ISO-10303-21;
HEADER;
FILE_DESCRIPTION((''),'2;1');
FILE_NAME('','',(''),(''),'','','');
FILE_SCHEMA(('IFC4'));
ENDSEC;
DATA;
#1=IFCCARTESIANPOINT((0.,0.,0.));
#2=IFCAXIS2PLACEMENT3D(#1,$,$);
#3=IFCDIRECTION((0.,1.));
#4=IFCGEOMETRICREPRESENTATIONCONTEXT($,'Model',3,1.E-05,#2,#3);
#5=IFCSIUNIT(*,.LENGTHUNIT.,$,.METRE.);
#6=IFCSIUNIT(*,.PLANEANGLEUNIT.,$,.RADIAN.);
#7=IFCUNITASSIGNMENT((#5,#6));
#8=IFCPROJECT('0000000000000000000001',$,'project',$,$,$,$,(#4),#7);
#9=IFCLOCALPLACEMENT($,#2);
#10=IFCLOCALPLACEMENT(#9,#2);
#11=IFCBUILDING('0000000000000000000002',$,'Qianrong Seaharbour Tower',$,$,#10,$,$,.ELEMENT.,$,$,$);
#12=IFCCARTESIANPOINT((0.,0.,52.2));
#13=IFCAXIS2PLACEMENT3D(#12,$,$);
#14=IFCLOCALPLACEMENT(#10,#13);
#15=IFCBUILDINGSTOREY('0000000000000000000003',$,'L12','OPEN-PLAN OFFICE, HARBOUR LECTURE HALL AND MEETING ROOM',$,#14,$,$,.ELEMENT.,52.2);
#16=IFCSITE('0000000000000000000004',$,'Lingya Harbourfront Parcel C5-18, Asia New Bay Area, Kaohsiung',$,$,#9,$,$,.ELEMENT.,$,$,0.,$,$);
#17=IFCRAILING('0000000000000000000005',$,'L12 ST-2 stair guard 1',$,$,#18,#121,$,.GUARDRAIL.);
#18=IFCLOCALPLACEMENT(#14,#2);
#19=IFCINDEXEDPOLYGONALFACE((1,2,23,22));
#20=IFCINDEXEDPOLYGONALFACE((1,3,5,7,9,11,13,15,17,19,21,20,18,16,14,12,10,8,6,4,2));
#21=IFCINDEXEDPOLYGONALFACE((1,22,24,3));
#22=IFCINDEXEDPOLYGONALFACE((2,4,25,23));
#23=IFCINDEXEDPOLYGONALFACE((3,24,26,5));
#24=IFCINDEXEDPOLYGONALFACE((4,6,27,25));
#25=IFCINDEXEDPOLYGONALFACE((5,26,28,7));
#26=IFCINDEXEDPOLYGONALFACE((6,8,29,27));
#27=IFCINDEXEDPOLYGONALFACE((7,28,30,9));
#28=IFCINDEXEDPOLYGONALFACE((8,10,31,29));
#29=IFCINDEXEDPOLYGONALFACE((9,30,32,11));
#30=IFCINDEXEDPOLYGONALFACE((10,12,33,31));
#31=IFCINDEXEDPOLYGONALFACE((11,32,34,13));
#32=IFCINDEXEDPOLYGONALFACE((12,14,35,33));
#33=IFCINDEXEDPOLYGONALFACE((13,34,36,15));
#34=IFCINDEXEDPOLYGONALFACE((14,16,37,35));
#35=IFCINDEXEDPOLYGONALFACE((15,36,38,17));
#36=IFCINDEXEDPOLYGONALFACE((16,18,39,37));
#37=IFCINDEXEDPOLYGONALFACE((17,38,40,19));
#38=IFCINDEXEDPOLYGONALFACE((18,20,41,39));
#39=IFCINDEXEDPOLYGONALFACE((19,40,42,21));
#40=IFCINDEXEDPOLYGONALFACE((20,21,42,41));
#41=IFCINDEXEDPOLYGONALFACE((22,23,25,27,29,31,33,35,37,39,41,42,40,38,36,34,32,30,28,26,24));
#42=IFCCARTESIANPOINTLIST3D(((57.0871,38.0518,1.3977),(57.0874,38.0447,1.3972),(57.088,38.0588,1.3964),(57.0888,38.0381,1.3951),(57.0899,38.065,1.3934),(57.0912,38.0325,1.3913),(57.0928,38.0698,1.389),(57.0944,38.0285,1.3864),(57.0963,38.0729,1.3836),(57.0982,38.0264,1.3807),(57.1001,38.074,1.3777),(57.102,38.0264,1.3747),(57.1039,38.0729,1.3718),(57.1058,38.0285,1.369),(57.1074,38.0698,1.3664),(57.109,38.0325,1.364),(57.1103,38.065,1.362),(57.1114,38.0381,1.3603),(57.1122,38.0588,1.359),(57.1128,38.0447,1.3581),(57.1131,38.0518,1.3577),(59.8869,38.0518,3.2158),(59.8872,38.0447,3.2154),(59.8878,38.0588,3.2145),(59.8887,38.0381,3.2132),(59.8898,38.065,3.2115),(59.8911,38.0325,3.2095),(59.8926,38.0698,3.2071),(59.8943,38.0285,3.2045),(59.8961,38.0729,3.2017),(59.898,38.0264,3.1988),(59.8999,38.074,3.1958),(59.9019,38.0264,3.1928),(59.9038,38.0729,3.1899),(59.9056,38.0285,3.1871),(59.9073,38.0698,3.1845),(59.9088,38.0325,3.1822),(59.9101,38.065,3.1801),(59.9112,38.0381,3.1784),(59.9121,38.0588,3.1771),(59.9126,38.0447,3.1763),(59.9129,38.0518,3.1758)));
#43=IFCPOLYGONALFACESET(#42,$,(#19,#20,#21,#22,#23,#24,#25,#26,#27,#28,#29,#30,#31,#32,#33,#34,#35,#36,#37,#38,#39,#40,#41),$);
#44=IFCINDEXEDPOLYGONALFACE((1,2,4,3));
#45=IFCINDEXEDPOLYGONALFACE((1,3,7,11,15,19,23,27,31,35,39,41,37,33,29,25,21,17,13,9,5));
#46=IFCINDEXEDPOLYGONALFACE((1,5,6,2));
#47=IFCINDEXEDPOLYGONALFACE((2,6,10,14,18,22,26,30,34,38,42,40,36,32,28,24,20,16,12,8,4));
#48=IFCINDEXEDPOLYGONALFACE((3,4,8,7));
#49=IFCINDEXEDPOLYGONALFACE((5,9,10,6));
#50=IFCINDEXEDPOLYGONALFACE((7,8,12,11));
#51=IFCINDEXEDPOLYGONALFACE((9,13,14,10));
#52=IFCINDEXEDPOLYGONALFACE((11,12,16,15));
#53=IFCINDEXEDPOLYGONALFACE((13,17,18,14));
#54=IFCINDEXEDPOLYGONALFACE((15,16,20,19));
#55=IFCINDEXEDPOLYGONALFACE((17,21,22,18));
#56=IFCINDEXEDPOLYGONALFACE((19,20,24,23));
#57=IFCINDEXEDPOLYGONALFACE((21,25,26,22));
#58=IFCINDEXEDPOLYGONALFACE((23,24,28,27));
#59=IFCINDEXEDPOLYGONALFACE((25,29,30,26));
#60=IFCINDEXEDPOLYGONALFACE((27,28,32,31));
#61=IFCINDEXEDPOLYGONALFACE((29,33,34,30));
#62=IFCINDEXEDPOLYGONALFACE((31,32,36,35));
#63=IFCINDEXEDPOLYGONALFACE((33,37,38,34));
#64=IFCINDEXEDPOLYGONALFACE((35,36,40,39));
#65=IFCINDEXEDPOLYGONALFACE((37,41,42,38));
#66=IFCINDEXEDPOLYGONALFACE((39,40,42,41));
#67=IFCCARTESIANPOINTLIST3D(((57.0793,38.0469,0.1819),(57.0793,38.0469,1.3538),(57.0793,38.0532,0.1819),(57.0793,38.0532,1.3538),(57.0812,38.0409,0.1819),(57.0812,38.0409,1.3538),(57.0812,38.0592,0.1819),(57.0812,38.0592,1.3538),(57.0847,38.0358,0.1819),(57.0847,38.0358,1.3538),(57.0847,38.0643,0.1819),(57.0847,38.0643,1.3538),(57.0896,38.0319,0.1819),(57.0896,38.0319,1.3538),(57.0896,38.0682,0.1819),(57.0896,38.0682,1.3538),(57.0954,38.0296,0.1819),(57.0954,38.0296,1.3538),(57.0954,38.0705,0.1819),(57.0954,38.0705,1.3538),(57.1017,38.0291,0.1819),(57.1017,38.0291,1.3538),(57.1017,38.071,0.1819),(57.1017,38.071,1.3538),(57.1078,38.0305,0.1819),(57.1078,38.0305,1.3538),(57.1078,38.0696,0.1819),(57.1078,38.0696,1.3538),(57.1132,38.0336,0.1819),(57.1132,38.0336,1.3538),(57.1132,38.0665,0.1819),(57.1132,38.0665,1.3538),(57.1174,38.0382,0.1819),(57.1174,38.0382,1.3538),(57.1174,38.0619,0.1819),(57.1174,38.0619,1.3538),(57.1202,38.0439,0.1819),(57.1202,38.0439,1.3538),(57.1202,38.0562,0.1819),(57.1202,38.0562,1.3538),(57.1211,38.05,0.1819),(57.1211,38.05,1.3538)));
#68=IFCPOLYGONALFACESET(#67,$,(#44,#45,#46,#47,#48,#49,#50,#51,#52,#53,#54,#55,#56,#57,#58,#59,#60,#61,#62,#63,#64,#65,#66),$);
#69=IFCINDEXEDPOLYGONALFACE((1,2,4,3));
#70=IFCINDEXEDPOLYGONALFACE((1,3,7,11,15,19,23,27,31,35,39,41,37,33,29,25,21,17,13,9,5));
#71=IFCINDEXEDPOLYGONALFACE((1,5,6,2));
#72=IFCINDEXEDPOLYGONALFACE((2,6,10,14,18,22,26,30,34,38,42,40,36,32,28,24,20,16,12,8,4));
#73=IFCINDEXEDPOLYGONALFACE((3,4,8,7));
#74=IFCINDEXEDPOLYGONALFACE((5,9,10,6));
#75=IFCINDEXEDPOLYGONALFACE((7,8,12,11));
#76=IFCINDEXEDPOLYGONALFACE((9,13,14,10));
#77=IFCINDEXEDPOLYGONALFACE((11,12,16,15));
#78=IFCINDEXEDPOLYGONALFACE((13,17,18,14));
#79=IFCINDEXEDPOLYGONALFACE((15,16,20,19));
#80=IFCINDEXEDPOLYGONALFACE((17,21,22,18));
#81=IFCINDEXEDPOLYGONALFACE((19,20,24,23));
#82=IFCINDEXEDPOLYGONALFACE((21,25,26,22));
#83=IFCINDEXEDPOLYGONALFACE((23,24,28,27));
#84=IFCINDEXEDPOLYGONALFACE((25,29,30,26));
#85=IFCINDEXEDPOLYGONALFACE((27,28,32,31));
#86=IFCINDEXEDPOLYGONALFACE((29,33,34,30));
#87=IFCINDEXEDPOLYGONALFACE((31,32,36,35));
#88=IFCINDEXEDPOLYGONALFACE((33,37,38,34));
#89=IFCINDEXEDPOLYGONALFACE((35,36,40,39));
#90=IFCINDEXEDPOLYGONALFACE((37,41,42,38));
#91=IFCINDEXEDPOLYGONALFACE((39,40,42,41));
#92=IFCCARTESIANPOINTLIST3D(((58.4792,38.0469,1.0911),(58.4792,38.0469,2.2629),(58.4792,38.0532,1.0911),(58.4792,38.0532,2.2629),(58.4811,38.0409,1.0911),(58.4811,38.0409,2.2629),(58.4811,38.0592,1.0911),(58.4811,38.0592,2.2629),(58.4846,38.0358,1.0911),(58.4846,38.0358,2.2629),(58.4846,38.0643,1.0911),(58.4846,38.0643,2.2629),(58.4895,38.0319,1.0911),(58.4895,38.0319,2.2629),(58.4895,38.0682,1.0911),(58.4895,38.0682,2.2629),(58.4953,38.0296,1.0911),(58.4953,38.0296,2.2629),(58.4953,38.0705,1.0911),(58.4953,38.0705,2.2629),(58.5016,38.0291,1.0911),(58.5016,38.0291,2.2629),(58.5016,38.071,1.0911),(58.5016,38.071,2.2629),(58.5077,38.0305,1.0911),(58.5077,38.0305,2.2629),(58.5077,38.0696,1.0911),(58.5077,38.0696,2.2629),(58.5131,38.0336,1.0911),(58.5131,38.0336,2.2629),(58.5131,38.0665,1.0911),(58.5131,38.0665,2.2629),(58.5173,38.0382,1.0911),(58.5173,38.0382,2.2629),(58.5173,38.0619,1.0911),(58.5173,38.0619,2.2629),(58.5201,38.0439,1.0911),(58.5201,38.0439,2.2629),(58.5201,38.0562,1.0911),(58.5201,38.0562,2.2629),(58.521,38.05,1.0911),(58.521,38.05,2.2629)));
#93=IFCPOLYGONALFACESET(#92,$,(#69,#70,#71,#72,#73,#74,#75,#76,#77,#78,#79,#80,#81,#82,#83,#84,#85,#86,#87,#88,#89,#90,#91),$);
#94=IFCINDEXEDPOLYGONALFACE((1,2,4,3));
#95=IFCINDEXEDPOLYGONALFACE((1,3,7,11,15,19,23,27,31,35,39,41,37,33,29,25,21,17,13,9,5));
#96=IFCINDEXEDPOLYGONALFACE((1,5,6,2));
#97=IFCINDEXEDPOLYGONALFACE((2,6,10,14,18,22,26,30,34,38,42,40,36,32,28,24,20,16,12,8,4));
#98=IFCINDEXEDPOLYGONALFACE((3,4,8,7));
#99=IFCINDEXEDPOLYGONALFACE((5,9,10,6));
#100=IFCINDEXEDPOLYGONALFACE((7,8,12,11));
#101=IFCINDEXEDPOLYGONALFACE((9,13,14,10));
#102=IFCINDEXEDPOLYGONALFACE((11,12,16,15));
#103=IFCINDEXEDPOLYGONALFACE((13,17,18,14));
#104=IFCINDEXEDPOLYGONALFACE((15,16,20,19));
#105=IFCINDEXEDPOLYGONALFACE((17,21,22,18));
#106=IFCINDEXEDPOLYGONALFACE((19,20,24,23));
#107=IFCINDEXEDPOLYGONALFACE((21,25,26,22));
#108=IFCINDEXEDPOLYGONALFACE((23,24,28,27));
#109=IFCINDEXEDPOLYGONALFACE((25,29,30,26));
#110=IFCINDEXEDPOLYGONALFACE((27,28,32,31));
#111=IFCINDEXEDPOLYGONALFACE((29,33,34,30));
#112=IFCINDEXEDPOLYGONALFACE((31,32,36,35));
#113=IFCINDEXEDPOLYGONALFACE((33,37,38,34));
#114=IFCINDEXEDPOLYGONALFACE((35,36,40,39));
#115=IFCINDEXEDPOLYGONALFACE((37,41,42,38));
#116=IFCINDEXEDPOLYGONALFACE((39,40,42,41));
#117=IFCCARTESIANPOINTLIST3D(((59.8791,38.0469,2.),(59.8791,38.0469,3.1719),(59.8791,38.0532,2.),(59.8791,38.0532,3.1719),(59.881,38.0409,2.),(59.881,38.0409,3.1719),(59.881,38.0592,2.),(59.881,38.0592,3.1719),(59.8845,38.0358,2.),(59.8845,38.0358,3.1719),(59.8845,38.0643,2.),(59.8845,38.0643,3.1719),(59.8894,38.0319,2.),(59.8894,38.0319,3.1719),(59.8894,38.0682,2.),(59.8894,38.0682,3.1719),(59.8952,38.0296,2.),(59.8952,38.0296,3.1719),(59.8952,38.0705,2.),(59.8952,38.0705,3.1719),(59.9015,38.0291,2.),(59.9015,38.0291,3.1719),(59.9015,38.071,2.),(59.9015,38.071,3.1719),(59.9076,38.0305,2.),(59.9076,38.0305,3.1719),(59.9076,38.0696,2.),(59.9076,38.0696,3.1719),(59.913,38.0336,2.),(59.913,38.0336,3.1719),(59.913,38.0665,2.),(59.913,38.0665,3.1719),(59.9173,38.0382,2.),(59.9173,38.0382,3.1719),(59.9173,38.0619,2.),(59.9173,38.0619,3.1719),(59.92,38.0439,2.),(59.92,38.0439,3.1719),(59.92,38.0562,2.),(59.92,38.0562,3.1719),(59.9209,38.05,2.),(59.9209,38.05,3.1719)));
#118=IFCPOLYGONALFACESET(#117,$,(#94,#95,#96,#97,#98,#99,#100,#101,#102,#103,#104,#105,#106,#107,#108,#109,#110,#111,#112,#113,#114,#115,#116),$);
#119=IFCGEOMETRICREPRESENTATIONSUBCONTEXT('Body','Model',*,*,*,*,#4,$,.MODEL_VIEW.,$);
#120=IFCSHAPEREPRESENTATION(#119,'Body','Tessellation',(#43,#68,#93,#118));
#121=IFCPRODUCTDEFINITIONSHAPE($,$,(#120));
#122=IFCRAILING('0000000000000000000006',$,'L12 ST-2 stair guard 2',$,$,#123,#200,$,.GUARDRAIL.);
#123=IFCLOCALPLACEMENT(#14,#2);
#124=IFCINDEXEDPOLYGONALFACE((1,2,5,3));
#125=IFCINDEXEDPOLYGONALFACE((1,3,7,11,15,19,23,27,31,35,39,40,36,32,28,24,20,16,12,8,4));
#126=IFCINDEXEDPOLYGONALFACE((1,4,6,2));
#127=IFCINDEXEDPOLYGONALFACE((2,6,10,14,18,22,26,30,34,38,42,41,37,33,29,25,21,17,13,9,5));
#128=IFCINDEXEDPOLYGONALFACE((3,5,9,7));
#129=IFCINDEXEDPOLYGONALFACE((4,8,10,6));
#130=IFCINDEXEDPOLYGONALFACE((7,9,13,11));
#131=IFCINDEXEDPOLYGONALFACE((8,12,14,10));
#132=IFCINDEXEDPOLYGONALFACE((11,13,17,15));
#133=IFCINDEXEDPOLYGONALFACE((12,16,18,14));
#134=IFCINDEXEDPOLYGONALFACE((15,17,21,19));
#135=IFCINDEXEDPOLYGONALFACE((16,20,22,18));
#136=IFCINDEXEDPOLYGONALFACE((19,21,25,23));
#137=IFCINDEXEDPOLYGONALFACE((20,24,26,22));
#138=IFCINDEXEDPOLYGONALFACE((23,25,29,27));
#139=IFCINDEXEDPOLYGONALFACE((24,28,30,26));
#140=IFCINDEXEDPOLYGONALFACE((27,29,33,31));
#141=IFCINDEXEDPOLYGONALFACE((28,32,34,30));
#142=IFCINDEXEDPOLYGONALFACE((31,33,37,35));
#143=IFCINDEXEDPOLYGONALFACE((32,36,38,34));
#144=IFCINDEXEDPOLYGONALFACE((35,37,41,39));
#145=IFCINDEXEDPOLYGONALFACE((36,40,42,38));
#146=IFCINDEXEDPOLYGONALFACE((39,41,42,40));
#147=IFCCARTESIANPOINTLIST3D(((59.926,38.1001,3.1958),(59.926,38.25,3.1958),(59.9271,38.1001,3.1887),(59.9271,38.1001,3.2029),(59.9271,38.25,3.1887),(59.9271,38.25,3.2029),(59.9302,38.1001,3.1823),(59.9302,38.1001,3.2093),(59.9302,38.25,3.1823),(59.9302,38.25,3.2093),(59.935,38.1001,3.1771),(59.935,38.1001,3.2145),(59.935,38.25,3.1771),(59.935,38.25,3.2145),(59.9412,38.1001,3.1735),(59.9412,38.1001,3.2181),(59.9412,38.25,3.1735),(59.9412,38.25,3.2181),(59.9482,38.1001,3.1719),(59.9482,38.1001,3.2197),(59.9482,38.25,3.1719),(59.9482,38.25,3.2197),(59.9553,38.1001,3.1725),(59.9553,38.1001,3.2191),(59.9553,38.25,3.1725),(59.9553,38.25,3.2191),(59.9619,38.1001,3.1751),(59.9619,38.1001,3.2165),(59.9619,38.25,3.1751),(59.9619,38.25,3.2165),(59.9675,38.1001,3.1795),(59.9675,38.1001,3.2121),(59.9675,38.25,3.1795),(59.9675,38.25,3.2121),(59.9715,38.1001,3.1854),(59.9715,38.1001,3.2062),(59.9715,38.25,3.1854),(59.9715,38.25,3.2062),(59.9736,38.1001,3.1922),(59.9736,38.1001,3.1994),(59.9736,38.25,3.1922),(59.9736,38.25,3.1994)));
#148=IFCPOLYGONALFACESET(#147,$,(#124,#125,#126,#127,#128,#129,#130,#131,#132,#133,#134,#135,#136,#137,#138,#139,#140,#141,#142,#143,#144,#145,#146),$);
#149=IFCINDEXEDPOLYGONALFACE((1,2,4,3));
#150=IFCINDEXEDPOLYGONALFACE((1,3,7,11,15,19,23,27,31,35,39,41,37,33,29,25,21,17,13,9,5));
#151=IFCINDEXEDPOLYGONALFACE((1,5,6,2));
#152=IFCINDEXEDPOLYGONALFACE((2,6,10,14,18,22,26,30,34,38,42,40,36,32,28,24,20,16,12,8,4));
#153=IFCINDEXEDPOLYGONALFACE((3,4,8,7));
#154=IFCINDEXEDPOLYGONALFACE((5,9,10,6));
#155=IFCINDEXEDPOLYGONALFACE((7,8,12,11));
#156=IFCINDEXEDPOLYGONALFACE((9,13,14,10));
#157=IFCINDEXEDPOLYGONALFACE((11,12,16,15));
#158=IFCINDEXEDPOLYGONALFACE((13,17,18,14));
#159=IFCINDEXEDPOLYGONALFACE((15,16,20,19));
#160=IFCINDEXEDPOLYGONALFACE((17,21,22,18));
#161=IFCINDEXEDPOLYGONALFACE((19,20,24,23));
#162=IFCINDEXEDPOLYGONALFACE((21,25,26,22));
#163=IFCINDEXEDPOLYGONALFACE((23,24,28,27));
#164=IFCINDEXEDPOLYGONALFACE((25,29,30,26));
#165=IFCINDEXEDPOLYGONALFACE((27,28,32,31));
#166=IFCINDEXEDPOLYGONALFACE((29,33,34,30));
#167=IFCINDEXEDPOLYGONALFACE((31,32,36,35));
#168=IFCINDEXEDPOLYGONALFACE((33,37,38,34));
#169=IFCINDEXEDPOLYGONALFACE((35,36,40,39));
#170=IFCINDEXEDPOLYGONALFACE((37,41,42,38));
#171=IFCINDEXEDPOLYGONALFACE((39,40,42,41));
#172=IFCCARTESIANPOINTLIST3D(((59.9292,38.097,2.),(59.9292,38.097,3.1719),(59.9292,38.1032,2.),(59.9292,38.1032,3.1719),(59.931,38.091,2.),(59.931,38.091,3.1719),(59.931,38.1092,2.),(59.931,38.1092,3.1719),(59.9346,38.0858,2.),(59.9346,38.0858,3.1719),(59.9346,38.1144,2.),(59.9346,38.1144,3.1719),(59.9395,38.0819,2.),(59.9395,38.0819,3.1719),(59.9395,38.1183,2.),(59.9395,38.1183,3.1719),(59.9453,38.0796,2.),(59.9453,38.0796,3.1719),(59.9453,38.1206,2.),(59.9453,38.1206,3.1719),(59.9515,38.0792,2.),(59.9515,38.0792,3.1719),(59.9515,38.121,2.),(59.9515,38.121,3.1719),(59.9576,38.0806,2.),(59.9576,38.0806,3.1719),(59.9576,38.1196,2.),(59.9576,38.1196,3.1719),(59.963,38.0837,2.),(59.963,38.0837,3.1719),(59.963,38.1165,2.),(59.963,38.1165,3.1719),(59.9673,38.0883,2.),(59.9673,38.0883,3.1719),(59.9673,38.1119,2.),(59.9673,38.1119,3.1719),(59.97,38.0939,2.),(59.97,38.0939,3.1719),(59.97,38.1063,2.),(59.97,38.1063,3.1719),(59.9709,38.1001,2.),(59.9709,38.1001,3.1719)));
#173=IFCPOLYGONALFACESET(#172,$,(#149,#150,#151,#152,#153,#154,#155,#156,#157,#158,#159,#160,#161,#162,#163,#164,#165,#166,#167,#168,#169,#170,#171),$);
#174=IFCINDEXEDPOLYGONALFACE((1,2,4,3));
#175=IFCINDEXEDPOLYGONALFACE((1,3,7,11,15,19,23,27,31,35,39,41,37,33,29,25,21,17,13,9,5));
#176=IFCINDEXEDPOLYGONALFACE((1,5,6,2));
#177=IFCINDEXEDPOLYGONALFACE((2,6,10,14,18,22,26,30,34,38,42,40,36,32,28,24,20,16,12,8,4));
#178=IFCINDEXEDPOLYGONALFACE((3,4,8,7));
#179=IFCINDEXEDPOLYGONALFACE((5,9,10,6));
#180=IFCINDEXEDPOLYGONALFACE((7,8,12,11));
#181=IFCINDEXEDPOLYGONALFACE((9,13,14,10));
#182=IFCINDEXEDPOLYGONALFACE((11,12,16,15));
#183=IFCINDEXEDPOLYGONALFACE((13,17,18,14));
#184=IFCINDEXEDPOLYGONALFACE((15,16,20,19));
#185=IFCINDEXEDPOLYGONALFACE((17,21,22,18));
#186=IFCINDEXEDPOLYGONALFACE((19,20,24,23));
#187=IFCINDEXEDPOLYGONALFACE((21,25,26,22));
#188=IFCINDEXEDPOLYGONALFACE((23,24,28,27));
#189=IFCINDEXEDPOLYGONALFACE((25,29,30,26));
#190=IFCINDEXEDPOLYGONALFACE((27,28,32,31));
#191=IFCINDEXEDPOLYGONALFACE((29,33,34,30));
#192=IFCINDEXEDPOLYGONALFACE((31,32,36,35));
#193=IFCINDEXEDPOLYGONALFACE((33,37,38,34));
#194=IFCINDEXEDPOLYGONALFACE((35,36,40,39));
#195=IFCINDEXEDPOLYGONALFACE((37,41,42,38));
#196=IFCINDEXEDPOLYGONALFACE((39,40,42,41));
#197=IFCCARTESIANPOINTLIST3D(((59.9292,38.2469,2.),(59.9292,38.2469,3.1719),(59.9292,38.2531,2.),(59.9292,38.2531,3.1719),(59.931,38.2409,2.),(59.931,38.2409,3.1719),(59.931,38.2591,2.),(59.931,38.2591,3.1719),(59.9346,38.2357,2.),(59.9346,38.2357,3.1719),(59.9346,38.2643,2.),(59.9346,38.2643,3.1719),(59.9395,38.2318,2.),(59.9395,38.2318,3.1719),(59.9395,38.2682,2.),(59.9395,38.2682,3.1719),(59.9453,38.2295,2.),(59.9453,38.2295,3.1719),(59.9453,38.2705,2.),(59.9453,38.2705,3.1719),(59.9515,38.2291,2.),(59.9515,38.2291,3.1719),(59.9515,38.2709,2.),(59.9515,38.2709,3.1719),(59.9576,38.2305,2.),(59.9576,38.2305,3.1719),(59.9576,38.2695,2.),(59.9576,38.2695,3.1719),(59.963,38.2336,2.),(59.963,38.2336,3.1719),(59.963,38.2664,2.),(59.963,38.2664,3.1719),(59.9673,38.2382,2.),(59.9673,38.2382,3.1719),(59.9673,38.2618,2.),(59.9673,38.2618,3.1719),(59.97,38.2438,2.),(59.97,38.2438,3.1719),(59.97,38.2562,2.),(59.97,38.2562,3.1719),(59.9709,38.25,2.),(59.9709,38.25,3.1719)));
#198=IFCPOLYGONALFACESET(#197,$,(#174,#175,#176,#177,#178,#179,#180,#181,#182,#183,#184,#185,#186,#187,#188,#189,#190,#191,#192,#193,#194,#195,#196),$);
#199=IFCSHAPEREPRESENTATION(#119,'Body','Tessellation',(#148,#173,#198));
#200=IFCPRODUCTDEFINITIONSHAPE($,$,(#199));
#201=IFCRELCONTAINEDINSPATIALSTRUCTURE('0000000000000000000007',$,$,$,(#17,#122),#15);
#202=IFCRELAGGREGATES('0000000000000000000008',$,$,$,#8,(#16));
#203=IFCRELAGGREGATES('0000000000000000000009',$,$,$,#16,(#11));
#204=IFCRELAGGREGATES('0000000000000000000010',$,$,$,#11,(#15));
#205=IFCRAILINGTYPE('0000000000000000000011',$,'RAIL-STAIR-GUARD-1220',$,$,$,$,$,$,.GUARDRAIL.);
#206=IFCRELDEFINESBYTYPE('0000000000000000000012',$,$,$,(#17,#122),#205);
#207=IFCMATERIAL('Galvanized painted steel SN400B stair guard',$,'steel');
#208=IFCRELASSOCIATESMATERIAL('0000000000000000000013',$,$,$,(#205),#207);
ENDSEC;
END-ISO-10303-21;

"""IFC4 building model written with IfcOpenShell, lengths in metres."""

from ifc_helpers import new_model, si_unit, direction, frame, origin, origin_2d, place, context, subcontext, project, spatial, circle, extrude, material, type_object, element, save


model = new_model("IFC4")

# Units and contexts
model_context = context("Model", 3, precision=1e-05, world=origin(), true_north=direction((0.0, 1.0)))
body_context = subcontext(model_context, "Body", "Model", "MODEL_VIEW")
ifc_project = project(units=[si_unit("LENGTHUNIT", "METRE"), si_unit("PLANEANGLEUNIT", "RADIAN")], contexts=[model_context])

# Site, building, storey
site_placement = place(None, origin())
site = spatial("IfcSite", under=ifc_project, at=site_placement, Name="Lingya Harbourfront Parcel C5-18, Asia New Bay Area, Kaohsiung", CompositionType="ELEMENT", RefElevation=0.0)
building_placement = place(site_placement, origin())
building = spatial("IfcBuilding", under=site, at=building_placement, Name="Qianrong Seaharbour Tower", CompositionType="ELEMENT")
storey_placement = place(building_placement, frame((0.0, 0.0, 52.2)))
storey = spatial("IfcBuildingStorey", under=building, at=storey_placement, Name="L12", Description="OPEN-PLAN OFFICE, HARBOUR LECTURE HALL AND MEETING ROOM", CompositionType="ELEMENT", Elevation=52.2)

# Railings
ifc_material_1 = material(Name="Galvanized painted steel SN400B stair guard", Category="steel")
railing_type_1 = type_object("IfcRailingType", Name="RAIL-STAIR-GUARD-1220", PredefinedType="GUARDRAIL", material=ifc_material_1)
railing_1_placement = place(storey_placement, frame((57.1001, 38.05, 0.1819)))
element("IfcRailing", 1, at=railing_1_placement, inside=storey, type_object=railing_type_1, Name="L12 ST-2 stair guard 1", PredefinedType="GUARDRAIL", context=body_context, shape_type="SweptSolid", body=[
    extrude(circle(Radius=0.0239, at=origin_2d()), frame((0.0, 0.0, 1.1958), z_axis=(0.838684, 0.0, 0.544618), x_axis=(0.0, 1.0, 0.0)), (0.0, 0.0, 1.0), 3.3384),
    extrude(circle(Radius=0.021, at=origin_2d()), origin(), (0.0, 0.0, 1.0), 1.1719),
    extrude(circle(Radius=0.021, at=origin_2d()), frame((1.3999, 0.0, 0.9092)), (0.0, 0.0, 1.0), 1.1719),
    extrude(circle(Radius=0.021, at=origin_2d()), frame((2.7998, 0.0, 1.8181)), (0.0, 0.0, 1.0), 1.1719),
])
railing_2_placement = place(storey_placement, frame((59.95, 38.1001, 2.0)))
element("IfcRailing", 2, at=railing_2_placement, inside=storey, type_object=railing_type_1, Name="L12 ST-2 stair guard 2", PredefinedType="GUARDRAIL", context=body_context, shape_type="SweptSolid", body=[
    extrude(circle(Radius=0.0239, at=origin_2d()), frame((0.0, 0.0, 1.1958), z_axis=(0.0, 1.0, 0.0), x_axis=(-1.0, 0.0, 0.0)), (0.0, 0.0, 1.0), 0.1499),
    extrude(circle(Radius=0.021, at=origin_2d()), origin(), (0.0, 0.0, 1.0), 1.1719),
    extrude(circle(Radius=0.021, at=origin_2d()), frame((0.0, 0.1499, 0.0)), (0.0, 0.0, 1.0), 1.1719),
])

save(model, "model.ifc")
